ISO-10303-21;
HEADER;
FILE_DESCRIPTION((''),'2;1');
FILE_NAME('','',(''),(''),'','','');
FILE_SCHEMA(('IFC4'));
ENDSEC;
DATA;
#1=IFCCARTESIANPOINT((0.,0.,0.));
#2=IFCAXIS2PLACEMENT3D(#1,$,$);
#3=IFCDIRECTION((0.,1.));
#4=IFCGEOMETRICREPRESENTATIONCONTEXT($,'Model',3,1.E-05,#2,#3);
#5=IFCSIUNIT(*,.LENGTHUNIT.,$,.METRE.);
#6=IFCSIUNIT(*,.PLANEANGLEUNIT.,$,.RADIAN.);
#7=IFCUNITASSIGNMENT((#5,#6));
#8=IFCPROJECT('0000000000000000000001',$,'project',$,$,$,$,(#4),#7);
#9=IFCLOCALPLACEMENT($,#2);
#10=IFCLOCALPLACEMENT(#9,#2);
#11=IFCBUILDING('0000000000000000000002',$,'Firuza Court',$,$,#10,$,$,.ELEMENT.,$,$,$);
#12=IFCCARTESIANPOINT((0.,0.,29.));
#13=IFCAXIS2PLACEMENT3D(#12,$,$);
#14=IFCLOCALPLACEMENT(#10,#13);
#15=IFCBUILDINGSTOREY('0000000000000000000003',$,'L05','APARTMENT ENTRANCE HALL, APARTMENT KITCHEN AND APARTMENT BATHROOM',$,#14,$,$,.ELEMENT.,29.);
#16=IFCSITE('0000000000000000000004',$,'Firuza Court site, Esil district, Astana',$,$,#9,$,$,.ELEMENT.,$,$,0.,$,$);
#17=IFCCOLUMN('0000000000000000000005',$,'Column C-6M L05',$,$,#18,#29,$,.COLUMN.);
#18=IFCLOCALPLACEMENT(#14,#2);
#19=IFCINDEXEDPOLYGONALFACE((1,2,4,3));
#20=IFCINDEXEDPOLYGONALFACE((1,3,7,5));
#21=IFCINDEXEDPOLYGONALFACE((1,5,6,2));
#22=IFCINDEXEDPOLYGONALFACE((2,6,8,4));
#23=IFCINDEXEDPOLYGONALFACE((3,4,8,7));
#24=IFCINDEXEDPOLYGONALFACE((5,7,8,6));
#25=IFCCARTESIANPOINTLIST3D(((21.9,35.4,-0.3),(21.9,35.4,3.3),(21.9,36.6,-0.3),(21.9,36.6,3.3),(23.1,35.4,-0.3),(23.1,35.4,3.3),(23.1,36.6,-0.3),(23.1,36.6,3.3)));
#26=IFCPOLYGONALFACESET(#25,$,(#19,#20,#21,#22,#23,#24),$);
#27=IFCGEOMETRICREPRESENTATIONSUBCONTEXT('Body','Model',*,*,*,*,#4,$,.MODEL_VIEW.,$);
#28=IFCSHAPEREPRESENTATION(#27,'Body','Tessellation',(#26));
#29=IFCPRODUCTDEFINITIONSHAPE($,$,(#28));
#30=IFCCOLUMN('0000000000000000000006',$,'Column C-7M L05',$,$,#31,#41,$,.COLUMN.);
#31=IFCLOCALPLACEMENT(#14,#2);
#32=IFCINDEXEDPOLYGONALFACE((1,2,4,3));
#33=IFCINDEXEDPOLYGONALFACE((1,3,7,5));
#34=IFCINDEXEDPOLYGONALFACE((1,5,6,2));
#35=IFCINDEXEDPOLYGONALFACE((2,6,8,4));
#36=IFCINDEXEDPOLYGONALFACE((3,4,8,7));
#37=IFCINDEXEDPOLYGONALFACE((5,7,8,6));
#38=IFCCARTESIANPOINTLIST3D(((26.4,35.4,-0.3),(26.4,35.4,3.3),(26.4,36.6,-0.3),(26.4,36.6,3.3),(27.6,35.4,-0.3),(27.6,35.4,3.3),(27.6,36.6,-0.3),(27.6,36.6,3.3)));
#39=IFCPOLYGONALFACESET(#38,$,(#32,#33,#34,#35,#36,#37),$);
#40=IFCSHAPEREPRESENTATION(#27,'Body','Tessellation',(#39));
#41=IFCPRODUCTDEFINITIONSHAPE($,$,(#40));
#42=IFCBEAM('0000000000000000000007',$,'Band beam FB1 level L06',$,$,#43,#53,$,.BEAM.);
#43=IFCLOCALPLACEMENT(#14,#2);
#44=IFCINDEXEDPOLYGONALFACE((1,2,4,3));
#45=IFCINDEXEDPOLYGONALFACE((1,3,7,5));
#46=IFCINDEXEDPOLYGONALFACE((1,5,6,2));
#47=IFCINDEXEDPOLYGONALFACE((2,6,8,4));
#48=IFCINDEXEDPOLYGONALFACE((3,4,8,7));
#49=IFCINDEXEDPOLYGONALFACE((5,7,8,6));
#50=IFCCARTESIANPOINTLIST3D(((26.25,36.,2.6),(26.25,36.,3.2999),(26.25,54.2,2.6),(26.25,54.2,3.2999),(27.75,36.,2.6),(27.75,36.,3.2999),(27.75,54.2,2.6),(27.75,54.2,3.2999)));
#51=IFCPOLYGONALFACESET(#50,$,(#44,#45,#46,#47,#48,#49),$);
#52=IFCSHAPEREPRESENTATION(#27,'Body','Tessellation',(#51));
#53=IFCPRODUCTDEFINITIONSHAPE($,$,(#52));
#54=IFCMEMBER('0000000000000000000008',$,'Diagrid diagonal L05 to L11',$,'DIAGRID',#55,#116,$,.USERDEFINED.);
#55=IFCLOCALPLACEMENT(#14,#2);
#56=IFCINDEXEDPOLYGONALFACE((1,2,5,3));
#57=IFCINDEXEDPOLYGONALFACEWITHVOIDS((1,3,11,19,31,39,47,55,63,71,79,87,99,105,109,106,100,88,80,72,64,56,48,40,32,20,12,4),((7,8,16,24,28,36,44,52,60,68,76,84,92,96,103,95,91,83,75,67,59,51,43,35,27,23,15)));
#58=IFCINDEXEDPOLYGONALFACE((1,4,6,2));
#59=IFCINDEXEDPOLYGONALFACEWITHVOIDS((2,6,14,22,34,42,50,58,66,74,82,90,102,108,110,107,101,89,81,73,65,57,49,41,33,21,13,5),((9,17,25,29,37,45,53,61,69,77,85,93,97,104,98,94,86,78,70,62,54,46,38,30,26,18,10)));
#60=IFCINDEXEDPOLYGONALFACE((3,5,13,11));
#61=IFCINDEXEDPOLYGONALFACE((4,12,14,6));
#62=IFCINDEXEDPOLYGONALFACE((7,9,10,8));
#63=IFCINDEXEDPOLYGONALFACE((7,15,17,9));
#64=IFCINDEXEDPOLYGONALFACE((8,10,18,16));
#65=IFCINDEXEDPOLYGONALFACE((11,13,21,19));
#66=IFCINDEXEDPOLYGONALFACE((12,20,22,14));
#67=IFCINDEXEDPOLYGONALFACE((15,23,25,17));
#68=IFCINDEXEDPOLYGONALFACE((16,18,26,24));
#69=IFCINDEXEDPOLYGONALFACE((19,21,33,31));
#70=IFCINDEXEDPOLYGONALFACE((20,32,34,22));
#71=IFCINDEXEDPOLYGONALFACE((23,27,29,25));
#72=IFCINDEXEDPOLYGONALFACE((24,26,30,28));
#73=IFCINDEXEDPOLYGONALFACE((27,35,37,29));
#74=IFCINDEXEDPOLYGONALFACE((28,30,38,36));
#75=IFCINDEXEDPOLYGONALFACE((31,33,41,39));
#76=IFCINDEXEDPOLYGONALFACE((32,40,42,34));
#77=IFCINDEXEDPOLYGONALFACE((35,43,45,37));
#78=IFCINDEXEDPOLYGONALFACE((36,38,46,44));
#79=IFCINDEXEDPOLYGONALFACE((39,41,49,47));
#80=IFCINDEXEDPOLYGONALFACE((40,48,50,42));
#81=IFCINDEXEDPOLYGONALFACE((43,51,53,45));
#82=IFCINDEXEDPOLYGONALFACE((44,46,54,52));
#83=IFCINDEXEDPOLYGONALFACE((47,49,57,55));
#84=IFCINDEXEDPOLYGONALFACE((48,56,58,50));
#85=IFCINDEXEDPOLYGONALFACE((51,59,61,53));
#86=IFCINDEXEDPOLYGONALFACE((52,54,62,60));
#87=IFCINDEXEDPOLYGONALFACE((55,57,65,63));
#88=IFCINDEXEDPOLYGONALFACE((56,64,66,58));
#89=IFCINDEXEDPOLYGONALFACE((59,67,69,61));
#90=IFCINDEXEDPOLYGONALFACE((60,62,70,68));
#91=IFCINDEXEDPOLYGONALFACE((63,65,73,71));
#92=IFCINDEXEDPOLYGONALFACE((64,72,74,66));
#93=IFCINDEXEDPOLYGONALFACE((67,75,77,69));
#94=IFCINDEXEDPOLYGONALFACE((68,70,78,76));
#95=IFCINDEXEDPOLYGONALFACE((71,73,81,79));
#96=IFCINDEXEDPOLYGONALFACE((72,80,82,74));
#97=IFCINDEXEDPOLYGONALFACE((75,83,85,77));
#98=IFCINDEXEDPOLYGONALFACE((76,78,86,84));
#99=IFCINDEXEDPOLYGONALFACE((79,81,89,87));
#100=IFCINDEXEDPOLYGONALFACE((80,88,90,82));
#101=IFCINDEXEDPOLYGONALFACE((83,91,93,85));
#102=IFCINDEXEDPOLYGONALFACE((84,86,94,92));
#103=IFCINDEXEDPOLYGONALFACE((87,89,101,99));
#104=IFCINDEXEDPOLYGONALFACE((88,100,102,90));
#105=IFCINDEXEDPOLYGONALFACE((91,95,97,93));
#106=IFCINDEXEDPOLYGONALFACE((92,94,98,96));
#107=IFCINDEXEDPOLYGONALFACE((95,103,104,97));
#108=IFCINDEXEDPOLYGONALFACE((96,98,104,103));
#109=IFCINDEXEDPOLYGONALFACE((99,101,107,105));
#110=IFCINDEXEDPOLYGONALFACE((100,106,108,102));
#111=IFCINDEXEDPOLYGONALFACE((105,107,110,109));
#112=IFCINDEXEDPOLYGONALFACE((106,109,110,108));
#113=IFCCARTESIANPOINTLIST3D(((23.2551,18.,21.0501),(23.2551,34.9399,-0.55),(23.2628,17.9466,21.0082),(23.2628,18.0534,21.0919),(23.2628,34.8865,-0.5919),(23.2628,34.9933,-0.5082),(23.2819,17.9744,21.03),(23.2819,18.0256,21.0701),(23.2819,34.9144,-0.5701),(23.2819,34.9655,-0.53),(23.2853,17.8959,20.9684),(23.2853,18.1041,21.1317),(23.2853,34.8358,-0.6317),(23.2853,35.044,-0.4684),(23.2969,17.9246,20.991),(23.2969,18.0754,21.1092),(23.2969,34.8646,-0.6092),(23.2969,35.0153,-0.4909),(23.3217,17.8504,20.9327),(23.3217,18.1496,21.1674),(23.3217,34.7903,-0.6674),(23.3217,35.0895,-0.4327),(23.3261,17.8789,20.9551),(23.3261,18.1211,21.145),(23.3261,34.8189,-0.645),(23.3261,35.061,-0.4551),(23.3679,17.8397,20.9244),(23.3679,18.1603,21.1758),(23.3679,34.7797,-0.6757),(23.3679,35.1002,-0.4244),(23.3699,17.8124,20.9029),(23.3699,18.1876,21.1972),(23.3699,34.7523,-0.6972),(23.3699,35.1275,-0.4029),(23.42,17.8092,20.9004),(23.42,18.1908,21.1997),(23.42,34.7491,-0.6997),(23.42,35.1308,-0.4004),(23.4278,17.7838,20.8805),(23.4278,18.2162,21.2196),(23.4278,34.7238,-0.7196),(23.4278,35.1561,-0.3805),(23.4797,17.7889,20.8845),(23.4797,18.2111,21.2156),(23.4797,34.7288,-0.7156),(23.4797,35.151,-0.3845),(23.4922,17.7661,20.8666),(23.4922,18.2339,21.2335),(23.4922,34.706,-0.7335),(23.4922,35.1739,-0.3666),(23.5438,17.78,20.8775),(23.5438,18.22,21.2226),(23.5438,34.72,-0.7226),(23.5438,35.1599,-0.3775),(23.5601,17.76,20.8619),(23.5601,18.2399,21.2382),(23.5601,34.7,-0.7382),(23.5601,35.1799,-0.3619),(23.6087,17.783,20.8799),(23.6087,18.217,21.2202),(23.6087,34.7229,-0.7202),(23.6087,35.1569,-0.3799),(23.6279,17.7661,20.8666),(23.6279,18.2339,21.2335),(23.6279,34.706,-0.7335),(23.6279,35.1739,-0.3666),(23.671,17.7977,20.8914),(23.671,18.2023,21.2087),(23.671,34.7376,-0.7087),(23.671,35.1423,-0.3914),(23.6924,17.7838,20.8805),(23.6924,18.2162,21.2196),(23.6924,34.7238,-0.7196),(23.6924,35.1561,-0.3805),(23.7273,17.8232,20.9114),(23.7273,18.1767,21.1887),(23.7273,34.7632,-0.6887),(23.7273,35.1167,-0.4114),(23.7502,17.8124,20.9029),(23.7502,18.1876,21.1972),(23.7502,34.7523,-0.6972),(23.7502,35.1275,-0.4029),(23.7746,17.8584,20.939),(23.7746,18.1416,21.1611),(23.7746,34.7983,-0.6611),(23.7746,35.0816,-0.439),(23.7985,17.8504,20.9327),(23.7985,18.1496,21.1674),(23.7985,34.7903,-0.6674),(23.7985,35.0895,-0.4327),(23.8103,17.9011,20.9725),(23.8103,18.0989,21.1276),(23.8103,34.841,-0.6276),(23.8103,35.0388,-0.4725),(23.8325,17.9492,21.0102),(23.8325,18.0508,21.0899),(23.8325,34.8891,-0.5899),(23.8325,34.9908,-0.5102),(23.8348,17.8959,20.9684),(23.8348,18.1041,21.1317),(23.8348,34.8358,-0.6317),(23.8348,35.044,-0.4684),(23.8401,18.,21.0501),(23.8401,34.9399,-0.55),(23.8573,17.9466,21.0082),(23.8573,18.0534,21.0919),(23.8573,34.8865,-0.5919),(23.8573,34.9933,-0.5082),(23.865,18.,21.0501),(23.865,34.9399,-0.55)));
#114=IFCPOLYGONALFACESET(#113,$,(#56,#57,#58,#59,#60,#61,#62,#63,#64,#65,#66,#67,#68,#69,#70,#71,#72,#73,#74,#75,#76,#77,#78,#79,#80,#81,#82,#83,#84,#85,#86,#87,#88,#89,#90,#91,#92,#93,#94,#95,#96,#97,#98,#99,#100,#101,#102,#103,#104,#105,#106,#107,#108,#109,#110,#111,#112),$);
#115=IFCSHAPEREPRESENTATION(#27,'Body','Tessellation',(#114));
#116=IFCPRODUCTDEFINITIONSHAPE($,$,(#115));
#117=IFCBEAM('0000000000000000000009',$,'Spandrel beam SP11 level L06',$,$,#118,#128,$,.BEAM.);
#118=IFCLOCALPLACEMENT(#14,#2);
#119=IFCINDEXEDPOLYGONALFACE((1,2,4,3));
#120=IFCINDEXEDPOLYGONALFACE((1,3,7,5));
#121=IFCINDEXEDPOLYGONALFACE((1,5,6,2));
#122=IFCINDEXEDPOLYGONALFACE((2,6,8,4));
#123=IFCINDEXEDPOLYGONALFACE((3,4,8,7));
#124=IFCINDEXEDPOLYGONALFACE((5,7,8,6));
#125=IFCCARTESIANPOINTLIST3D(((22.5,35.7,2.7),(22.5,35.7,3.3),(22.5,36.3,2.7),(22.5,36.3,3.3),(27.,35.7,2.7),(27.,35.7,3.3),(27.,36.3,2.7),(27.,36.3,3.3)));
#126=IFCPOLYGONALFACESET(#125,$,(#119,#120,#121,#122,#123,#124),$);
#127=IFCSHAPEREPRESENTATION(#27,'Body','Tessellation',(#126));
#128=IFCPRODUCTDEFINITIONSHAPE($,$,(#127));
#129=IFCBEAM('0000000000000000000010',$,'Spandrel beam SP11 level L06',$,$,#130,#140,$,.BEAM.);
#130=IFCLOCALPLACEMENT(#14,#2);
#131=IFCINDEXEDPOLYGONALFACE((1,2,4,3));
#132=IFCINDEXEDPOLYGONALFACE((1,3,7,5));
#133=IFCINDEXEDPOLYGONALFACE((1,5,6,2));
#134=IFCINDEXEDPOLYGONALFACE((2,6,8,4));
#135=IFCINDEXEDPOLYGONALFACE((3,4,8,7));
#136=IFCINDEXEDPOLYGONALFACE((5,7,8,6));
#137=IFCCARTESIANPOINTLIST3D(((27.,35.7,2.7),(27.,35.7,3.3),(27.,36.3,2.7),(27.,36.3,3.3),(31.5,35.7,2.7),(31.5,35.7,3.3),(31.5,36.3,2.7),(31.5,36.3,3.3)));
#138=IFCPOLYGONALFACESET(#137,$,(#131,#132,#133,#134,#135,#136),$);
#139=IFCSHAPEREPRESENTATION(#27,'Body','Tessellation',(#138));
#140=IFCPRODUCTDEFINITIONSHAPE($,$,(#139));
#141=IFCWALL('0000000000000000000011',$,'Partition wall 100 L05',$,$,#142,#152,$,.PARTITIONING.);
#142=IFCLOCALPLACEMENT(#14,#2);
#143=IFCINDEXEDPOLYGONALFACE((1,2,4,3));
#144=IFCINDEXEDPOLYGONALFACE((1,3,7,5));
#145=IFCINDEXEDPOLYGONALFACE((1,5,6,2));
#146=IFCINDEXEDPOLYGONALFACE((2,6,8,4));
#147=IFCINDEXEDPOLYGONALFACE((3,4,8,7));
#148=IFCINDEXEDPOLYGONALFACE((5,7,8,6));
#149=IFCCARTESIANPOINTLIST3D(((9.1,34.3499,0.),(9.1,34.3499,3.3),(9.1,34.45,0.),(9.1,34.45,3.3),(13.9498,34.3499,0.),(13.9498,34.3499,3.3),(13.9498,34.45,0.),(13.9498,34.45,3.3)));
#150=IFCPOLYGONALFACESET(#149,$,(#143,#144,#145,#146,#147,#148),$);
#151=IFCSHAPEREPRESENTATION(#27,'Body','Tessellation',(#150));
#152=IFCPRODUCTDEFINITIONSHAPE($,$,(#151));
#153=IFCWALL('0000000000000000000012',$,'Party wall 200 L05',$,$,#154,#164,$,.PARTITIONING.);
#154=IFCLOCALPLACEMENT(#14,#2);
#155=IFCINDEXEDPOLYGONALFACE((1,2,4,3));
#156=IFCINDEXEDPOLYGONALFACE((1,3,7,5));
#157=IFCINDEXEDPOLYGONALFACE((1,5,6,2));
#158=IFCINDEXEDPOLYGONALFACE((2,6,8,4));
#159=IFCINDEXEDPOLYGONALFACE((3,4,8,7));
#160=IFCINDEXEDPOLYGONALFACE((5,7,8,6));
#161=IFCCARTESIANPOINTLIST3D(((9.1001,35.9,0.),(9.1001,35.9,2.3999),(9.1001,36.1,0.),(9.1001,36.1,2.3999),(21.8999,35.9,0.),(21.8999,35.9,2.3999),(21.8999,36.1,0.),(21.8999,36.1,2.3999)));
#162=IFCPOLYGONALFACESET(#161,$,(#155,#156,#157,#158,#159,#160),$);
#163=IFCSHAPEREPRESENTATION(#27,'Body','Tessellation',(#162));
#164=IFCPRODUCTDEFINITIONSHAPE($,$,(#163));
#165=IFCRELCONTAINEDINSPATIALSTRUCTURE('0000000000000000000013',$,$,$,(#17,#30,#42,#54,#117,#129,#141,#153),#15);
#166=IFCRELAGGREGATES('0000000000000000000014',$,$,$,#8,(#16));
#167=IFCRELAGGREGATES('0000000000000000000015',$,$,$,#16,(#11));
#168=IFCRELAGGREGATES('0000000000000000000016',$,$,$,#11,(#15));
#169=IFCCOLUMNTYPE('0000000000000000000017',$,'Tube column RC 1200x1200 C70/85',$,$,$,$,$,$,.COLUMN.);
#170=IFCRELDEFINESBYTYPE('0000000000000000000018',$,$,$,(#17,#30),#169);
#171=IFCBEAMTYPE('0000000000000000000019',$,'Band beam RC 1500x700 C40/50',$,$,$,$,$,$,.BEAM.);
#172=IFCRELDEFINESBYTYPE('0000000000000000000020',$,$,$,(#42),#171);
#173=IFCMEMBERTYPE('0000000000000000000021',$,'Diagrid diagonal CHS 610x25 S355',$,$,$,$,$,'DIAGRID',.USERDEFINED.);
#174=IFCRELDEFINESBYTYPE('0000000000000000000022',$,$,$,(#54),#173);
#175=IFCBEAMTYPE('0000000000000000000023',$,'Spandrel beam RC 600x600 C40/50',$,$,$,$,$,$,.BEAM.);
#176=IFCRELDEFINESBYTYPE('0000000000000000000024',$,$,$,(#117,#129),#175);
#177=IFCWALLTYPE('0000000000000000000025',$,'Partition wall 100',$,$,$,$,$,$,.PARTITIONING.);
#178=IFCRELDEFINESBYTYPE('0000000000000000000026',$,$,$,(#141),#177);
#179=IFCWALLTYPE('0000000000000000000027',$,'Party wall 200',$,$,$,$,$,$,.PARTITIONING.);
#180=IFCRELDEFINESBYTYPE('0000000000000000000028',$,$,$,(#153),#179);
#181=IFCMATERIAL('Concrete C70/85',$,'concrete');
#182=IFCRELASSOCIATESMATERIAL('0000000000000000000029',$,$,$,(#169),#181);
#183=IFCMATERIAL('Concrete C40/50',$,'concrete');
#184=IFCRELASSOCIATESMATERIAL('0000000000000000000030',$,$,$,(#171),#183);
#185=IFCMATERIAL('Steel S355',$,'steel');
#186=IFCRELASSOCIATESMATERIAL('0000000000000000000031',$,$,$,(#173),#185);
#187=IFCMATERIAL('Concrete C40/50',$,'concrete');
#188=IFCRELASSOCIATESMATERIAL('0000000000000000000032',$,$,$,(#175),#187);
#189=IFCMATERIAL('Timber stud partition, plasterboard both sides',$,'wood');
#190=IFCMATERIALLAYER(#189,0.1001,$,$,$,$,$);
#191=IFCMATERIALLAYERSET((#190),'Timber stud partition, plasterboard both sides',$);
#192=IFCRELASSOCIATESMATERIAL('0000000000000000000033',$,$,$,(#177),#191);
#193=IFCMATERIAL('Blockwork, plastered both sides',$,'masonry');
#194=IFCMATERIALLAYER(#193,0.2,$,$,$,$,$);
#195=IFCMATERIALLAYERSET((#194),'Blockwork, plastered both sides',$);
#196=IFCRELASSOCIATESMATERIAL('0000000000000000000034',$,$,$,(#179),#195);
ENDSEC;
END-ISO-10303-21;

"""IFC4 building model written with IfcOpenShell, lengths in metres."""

from ifc_helpers import new_model, si_unit, direction, frame, frame_2d, origin, origin_2d, place, context, subcontext, project, spatial, rectangle, hollow_circle, extrude, material, layer, layer_set, material_profile, profile_set, type_object, element, save


model = new_model("IFC4")

# Units and contexts
model_context = context("Model", 3, precision=1e-05, world=origin(), true_north=direction((0.0, 1.0)))
body_context = subcontext(model_context, "Body", "Model", "MODEL_VIEW")
ifc_project = project(units=[si_unit("LENGTHUNIT", "METRE"), si_unit("PLANEANGLEUNIT", "RADIAN")], contexts=[model_context])

# Site, building, storey
site_placement = place(None, origin())
site = spatial("IfcSite", under=ifc_project, at=site_placement, Name="Firuza Court site, Esil district, Astana", CompositionType="ELEMENT", RefElevation=0.0)
building_placement = place(site_placement, origin())
building = spatial("IfcBuilding", under=site, at=building_placement, Name="Firuza Court", CompositionType="ELEMENT")
storey_placement = place(building_placement, frame((0.0, 0.0, 29.0)))
storey = spatial("IfcBuildingStorey", under=building, at=storey_placement, Name="L05", Description="APARTMENT ENTRANCE HALL, APARTMENT KITCHEN AND APARTMENT BATHROOM", CompositionType="ELEMENT", Elevation=29.0)

# Columns
ifc_material_1 = material(Name="Concrete C70/85", Category="concrete")
ifc_material_profile_1 = material_profile(ifc_material_1, rectangle(XDim=1.2, YDim=1.2, at=origin_2d()), Name="RC 1200x1200")
ifc_profile_set_1 = profile_set([ifc_material_profile_1], Name="Concrete C70/85")
column_type = type_object("IfcColumnType", Name="Tube column RC 1200x1200 C70/85", PredefinedType="COLUMN", material=ifc_profile_set_1)
for number, where, z_axis, x_axis, name in (
    (1, (22.5, 36.0, -0.3), (0.0, 0.0, 1.0), (1.0, 0.0, 0.0), "Column C-6M L05"),
    (2, (27.0, 36.0, -0.3), (0.0, 0.0, 1.0), (1.0, 0.0, 0.0), "Column C-7M L05"),
):
    element("IfcColumn", number, at=place(storey_placement, frame(where, z_axis=z_axis, x_axis=x_axis)), inside=storey, type_object=column_type, Name=name, PredefinedType="COLUMN", context=body_context, shape_type="SweptSolid", body=[
        extrude(rectangle(XDim=1.2, YDim=1.2, at=origin_2d()), origin(), (0.0, 0.0, 1.0), 3.6001),
    ])

# Beam
ifc_material_2 = material(Name="Concrete C40/50", Category="concrete")
ifc_material_profile_2 = material_profile(ifc_material_2, rectangle(XDim=1.5, YDim=0.7, at=origin_2d()), Name="RC 1500x700")
ifc_profile_set_2 = profile_set([ifc_material_profile_2], Name="Concrete C40/50")
beam_type_1 = type_object("IfcBeamType", Name="Band beam RC 1500x700 C40/50", PredefinedType="BEAM", material=ifc_profile_set_2)
beam_placement = place(storey_placement, frame((27.0, 36.0, 2.95), z_axis=(0.0, 1.0, 0.0), x_axis=(-1.0, 0.0, 0.0)))
element("IfcBeam", 3, at=beam_placement, inside=storey, type_object=beam_type_1, Name="Band beam FB1 level L06", PredefinedType="BEAM", context=body_context, shape_type="SweptSolid", body=[
    extrude(rectangle(XDim=1.5, YDim=0.7, at=origin_2d()), origin(), (0.0, 0.0, 1.0), 18.2),
])

# Member
ifc_material_3 = material(Name="Steel S355", Category="steel")
ifc_material_profile_3 = material_profile(ifc_material_3, hollow_circle(Radius=0.3049, WallThickness=0.0249, at=origin_2d()), Name="CHS 610x25")
ifc_profile_set_3 = profile_set([ifc_material_profile_3], Name="Steel S355")
member_type = type_object("IfcMemberType", Name="Diagrid diagonal CHS 610x25 S355", ElementType="DIAGRID", PredefinedType="USERDEFINED", material=ifc_profile_set_3)
member_placement = place(storey_placement, frame((23.5601, 34.9399, -0.55), z_axis=(0.0, -0.61711, 0.786877), x_axis=(1.0, 0.0, 0.0)))
element("IfcMember", 4, at=member_placement, inside=storey, type_object=member_type, Name="Diagrid diagonal L05 to L11", ObjectType="DIAGRID", PredefinedType="USERDEFINED", context=body_context, shape_type="SweptSolid", body=[
    extrude(hollow_circle(Radius=0.3049, WallThickness=0.0249, at=origin_2d()), origin(), (0.0, 0.0, 1.0), 27.4504),
])

# Beams
ifc_material_4 = material(Name="Concrete C40/50", Category="concrete")
ifc_material_profile_4 = material_profile(ifc_material_4, rectangle(XDim=0.6001, YDim=0.6001, at=origin_2d()), Name="RC 600x600")
ifc_profile_set_4 = profile_set([ifc_material_profile_4], Name="Concrete C40/50")
beam_type_2 = type_object("IfcBeamType", Name="Spandrel beam RC 600x600 C40/50", PredefinedType="BEAM", material=ifc_profile_set_4)
for number, where, z_axis, x_axis, name in (
    (5, (22.5, 36.0, 3.0), (1.0, 0.0, 0.0), (0.0, 1.0, 0.0), "Spandrel beam SP11 level L06"),
    (6, (27.0, 36.0, 3.0), (1.0, 0.0, 0.0), (0.0, 1.0, 0.0), "Spandrel beam SP11 level L06"),
):
    element("IfcBeam", number, at=place(storey_placement, frame(where, z_axis=z_axis, x_axis=x_axis)), inside=storey, type_object=beam_type_2, Name=name, PredefinedType="BEAM", context=body_context, shape_type="SweptSolid", body=[
        extrude(rectangle(XDim=0.6001, YDim=0.6001, at=origin_2d()), origin(), (0.0, 0.0, 1.0), 4.5),
    ])

# Walls
ifc_material_5 = material(Name="Timber stud partition, plasterboard both sides", Category="wood")
ifc_layer_1 = layer(ifc_material_5, 0.1001)
ifc_layer_set_1 = layer_set([ifc_layer_1], Name="Timber stud partition, plasterboard both sides")
wall_type_1 = type_object("IfcWallType", Name="Partition wall 100", PredefinedType="PARTITIONING", material=ifc_layer_set_1)
wall_1_placement = place(storey_placement, frame((9.1001, 34.3999, 0.0), z_axis=(0.0, 0.0, 1.0), x_axis=(1.0, 0.0, 0.0)))
element("IfcWall", 7, at=wall_1_placement, inside=storey, type_object=wall_type_1, Name="Partition wall 100 L05", PredefinedType="PARTITIONING", context=body_context, shape_type="SweptSolid", body=[
    extrude(rectangle(XDim=4.8499, YDim=0.1001, at=frame_2d((2.4248, 0.0))), origin(), (0.0, 0.0, 1.0), 3.3),
])
ifc_material_6 = material(Name="Blockwork, plastered both sides", Category="masonry")
ifc_layer_2 = layer(ifc_material_6, 0.2)
ifc_layer_set_2 = layer_set([ifc_layer_2], Name="Blockwork, plastered both sides")
wall_type_2 = type_object("IfcWallType", Name="Party wall 200", PredefinedType="PARTITIONING", material=ifc_layer_set_2)
wall_2_placement = place(storey_placement, frame((9.1001, 36.0, 0.0), z_axis=(0.0, 0.0, 1.0), x_axis=(1.0, 0.0, 0.0)))
element("IfcWall", 8, at=wall_2_placement, inside=storey, type_object=wall_type_2, Name="Party wall 200 L05", PredefinedType="PARTITIONING", context=body_context, shape_type="SweptSolid", body=[
    extrude(rectangle(XDim=12.7998, YDim=0.2, at=frame_2d((6.3999, 0.0))), origin(), (0.0, 0.0, 1.0), 2.3999),
])

save(model, "model.ifc")
